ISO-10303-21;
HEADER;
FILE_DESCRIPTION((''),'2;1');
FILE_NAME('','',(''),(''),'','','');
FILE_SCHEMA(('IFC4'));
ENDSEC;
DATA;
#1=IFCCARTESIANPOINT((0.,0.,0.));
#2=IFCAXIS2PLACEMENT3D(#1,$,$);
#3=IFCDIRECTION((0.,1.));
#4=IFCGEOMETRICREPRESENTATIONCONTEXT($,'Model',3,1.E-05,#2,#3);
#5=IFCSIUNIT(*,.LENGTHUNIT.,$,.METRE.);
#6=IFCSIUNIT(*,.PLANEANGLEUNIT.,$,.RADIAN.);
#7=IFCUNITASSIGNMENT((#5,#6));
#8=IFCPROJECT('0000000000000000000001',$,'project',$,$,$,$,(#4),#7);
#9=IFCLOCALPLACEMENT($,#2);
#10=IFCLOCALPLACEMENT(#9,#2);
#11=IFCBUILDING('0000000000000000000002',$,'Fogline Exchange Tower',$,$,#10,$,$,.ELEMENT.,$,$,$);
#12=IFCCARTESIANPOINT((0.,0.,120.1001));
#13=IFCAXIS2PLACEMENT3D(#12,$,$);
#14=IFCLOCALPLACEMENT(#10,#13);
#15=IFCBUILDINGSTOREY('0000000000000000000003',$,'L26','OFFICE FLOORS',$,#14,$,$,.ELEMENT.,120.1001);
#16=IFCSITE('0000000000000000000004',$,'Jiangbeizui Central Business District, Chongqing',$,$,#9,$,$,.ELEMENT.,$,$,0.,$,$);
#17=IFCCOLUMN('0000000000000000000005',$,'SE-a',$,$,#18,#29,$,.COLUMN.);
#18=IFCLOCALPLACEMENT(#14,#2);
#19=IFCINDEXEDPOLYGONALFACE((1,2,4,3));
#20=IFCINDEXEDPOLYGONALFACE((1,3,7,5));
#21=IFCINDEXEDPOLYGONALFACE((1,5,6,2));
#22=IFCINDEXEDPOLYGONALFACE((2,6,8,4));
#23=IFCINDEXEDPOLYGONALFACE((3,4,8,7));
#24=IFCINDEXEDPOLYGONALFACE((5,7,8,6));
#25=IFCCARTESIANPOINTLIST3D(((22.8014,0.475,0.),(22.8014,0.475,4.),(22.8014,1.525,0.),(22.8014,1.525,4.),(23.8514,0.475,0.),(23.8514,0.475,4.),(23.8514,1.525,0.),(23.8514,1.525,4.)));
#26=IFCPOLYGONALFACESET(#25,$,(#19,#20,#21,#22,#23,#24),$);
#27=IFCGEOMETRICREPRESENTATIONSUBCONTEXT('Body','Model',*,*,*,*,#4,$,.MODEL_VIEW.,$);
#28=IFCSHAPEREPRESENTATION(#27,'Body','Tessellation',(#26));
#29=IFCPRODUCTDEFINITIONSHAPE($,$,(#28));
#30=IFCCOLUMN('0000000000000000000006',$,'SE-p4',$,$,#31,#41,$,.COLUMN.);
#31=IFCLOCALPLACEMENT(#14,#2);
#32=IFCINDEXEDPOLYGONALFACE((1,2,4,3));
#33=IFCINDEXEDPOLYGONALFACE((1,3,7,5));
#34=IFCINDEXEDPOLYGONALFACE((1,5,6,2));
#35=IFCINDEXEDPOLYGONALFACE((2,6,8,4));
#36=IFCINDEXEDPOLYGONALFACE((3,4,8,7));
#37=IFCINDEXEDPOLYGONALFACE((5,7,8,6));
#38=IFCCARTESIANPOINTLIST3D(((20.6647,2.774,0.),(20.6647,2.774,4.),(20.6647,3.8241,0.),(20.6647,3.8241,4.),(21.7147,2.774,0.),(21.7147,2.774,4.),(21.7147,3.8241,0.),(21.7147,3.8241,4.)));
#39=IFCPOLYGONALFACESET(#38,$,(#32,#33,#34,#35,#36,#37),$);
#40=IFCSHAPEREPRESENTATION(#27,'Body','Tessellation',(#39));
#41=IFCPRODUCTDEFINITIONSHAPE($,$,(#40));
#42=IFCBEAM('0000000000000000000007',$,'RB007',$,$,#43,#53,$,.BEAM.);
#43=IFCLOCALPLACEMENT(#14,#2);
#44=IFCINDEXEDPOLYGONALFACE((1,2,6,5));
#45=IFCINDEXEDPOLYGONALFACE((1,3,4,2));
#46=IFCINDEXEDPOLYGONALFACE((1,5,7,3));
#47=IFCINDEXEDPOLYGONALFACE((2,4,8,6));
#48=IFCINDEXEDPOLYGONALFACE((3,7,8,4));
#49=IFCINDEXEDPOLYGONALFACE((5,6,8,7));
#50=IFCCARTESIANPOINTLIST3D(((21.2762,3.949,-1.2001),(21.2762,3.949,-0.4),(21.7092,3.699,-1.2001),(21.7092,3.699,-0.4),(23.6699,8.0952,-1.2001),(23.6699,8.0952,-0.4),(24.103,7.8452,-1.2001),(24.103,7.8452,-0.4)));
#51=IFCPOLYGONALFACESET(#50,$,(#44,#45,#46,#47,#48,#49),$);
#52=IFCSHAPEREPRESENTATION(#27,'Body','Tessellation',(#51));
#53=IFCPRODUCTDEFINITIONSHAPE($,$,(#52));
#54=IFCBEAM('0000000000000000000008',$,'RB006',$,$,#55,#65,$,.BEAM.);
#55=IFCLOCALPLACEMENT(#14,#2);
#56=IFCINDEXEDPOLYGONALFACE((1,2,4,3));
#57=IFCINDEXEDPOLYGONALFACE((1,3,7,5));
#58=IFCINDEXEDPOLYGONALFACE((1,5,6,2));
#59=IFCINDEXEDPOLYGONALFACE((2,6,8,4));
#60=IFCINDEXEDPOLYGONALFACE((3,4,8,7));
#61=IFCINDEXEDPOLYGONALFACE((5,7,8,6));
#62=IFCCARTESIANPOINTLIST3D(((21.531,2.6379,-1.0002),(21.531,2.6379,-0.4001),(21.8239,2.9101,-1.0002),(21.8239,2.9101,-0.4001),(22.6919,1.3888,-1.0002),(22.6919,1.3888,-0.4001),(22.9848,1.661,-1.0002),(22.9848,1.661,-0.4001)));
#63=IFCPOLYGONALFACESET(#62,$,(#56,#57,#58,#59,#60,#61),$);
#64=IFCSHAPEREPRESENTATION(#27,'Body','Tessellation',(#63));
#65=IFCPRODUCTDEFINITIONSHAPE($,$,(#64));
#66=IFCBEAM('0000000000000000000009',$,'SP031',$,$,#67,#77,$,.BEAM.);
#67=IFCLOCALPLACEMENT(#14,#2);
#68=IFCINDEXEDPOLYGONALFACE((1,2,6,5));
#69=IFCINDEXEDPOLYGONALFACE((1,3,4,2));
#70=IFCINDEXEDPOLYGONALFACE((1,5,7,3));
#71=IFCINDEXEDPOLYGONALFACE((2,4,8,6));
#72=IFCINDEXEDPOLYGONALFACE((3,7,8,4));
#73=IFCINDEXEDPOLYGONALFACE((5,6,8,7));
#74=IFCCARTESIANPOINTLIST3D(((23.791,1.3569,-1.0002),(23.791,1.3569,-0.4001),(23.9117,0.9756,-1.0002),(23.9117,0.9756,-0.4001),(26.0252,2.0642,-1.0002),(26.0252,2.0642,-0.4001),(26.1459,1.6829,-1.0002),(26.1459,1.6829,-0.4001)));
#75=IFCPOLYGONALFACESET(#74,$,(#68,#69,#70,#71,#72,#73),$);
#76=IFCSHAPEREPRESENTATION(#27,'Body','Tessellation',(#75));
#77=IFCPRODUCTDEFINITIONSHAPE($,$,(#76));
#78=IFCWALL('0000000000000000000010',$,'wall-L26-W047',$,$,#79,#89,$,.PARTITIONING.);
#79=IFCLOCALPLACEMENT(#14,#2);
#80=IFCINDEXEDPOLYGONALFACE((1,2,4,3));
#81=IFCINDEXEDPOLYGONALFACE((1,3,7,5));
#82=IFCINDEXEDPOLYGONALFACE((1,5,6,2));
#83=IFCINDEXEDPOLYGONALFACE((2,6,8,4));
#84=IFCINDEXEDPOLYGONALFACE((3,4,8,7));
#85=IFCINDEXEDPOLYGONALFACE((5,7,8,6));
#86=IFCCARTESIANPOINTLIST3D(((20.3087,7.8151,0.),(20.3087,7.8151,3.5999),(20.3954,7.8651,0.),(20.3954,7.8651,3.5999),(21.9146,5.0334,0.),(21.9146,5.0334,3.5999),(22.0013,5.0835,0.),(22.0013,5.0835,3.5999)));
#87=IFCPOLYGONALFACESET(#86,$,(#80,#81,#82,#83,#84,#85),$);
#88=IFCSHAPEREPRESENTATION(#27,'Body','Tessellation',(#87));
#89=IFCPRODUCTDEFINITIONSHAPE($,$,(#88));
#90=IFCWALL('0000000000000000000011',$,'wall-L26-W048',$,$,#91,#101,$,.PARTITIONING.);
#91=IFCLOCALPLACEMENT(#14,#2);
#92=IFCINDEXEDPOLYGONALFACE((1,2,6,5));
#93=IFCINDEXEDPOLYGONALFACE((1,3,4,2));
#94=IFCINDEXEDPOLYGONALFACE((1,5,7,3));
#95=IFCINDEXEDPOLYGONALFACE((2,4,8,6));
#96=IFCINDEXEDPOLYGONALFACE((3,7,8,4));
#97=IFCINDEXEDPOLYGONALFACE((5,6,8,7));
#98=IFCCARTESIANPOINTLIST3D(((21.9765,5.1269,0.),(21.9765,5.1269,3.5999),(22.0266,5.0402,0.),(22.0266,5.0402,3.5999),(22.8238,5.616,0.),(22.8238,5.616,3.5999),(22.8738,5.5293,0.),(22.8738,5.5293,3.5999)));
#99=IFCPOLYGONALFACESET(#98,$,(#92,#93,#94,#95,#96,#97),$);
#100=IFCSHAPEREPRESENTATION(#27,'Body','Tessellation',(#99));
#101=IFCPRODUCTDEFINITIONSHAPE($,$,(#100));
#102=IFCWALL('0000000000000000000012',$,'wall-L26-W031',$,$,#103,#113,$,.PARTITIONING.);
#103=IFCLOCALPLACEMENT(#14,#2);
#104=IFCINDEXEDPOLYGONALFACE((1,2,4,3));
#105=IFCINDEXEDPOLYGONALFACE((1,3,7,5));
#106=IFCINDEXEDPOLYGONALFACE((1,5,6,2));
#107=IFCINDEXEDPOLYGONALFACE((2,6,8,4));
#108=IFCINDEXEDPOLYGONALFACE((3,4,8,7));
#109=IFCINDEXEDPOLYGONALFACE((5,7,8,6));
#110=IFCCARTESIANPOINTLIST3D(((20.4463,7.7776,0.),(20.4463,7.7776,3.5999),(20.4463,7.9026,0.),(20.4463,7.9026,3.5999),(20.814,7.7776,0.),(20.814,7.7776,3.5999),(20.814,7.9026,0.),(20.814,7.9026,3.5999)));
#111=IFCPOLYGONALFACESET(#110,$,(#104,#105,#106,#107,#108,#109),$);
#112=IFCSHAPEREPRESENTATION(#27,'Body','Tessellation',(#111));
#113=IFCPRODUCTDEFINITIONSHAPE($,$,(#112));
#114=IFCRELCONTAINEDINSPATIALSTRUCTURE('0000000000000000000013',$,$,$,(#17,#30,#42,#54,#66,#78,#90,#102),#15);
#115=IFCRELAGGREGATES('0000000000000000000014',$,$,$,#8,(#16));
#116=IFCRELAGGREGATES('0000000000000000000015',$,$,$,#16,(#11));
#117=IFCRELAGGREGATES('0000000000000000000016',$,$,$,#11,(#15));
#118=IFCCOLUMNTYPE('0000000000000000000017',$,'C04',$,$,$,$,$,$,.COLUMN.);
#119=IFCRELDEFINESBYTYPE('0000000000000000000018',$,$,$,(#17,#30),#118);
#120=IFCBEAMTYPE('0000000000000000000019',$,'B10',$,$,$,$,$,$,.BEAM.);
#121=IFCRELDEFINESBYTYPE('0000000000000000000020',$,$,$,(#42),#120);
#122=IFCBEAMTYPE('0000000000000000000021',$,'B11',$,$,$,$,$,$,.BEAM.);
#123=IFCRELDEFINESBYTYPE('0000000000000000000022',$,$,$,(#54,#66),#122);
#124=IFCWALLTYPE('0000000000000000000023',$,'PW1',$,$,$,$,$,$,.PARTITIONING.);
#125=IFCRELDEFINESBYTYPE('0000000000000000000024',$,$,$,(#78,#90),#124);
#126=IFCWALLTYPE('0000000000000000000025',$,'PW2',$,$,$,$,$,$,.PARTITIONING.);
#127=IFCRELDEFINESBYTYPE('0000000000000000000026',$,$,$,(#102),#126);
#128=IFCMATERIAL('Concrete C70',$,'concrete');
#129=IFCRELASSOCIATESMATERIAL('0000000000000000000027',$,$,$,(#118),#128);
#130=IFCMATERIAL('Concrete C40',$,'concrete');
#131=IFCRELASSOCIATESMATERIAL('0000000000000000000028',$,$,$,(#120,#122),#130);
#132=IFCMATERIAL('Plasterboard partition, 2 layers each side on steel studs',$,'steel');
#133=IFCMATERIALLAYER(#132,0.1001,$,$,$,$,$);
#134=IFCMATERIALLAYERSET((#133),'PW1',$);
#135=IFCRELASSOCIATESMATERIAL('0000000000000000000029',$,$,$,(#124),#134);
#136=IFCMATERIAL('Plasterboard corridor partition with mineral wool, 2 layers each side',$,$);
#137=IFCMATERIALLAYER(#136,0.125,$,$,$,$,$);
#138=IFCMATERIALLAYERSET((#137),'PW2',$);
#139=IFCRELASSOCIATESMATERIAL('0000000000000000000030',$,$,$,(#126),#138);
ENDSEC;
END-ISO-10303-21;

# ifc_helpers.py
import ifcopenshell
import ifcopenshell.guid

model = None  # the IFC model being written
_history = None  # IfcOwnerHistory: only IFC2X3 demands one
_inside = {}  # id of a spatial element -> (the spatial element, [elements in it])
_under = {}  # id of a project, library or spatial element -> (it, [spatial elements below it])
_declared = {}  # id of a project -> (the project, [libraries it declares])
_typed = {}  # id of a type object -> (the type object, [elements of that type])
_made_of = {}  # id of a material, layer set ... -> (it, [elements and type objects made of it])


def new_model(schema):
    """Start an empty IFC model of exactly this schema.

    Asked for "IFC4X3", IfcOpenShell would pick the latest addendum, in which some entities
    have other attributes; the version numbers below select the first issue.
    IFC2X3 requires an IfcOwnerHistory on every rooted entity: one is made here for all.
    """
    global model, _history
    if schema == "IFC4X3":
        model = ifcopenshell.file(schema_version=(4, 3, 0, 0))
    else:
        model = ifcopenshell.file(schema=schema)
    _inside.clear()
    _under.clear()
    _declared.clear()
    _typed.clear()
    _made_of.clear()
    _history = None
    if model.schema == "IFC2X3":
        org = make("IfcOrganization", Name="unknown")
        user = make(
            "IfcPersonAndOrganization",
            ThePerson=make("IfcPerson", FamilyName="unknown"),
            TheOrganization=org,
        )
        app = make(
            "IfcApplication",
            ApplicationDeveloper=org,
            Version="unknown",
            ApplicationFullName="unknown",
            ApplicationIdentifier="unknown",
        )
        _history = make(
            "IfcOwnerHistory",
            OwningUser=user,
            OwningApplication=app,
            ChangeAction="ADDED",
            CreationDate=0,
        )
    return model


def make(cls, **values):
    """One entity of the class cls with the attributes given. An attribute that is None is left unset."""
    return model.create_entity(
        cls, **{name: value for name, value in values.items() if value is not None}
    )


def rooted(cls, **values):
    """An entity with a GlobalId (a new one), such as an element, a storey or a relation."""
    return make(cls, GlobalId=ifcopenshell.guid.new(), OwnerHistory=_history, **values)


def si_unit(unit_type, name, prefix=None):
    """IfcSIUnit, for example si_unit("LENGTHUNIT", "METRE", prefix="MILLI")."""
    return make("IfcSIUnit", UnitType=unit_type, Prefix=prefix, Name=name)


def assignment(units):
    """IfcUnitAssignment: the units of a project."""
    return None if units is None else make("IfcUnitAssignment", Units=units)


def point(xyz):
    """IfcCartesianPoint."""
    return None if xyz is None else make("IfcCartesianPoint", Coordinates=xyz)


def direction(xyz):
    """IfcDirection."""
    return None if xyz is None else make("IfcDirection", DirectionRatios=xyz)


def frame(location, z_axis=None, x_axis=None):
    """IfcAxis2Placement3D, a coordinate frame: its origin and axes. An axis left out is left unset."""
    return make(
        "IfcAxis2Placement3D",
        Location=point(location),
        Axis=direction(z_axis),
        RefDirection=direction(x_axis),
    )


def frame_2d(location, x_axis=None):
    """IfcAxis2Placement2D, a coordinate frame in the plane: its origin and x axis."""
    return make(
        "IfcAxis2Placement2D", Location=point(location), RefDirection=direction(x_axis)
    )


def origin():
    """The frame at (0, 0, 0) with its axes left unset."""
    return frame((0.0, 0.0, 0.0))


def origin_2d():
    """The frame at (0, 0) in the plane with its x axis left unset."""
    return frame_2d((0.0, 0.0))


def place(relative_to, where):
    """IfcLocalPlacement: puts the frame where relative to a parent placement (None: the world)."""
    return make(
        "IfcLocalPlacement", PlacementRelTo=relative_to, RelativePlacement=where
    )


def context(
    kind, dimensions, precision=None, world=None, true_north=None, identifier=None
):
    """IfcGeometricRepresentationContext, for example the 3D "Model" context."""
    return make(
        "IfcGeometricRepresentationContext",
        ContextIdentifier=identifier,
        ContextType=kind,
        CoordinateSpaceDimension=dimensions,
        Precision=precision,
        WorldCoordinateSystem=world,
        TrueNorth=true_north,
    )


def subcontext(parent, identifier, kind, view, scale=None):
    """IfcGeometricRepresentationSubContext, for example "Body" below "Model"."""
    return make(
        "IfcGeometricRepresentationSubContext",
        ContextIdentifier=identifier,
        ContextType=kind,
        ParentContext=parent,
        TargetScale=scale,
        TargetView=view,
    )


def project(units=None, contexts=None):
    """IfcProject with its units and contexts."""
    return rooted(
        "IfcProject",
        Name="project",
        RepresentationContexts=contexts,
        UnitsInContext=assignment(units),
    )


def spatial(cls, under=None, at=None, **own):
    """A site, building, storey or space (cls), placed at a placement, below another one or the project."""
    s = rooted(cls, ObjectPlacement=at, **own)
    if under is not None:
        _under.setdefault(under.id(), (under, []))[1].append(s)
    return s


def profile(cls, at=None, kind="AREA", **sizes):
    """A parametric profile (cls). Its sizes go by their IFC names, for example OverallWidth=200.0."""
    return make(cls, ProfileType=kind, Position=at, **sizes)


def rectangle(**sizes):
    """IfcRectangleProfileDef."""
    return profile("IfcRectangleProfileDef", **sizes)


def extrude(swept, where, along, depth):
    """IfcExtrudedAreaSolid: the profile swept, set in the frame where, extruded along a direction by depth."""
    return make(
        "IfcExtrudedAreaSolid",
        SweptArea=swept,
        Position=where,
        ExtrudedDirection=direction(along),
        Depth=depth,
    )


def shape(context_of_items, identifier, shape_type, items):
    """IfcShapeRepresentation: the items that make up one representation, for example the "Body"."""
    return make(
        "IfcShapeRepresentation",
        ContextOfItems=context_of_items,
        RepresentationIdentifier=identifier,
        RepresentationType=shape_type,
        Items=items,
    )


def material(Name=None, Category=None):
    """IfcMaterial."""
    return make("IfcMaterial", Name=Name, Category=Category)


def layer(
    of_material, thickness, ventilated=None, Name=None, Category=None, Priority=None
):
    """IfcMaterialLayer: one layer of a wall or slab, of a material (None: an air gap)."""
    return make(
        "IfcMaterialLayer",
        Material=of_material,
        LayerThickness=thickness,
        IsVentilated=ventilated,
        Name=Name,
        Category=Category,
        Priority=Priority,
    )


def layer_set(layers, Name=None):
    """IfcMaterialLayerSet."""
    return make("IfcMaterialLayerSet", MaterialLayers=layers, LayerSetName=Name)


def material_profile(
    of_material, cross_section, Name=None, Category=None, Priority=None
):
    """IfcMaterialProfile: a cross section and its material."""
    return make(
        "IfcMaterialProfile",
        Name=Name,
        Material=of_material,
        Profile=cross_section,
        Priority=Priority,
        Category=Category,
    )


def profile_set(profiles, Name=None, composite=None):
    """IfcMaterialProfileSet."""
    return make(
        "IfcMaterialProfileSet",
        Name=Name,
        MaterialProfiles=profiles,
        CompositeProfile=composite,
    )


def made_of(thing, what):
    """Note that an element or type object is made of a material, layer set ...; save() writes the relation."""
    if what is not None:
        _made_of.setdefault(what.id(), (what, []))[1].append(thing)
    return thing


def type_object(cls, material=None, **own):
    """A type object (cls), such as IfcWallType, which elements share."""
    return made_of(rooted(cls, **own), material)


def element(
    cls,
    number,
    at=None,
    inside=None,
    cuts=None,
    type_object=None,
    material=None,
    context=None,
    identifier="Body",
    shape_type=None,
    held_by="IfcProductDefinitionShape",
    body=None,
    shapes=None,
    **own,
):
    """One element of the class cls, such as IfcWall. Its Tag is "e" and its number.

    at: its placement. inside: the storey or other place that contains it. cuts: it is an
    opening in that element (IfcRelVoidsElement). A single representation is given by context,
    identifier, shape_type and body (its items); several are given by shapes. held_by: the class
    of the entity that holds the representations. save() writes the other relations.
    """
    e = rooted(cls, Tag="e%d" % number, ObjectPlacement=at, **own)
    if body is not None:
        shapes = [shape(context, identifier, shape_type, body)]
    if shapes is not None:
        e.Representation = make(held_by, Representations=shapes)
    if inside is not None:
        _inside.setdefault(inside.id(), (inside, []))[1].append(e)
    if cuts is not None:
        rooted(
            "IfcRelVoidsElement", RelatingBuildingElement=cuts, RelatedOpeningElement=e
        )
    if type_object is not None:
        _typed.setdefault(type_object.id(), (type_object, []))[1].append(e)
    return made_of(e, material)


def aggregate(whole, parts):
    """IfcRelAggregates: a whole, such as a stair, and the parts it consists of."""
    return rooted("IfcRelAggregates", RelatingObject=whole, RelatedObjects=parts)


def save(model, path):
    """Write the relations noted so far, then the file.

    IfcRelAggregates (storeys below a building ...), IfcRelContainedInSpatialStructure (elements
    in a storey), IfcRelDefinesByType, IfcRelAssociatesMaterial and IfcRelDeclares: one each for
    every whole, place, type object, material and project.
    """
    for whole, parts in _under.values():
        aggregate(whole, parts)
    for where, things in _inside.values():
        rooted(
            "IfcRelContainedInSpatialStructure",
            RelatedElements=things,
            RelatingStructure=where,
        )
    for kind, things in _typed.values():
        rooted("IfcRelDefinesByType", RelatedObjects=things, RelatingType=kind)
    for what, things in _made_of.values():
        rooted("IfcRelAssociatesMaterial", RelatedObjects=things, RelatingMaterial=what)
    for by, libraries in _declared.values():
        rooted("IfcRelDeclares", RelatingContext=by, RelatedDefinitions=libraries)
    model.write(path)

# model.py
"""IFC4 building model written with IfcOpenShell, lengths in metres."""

from ifc_helpers import new_model, si_unit, direction, frame, frame_2d, origin, origin_2d, place, context, subcontext, project, spatial, rectangle, extrude, material, layer, layer_set, material_profile, profile_set, type_object, element, save


model = new_model("IFC4")

# Units and contexts
model_context = context("Model", 3, precision=1e-05, world=origin(), true_north=direction((0.0, 1.0)))
body_context = subcontext(model_context, "Body", "Model", "MODEL_VIEW")
ifc_project = project(units=[si_unit("LENGTHUNIT", "METRE"), si_unit("PLANEANGLEUNIT", "RADIAN")], contexts=[model_context])

# Site, building, storey
site_placement = place(None, origin())
site = spatial("IfcSite", under=ifc_project, at=site_placement, Name="Jiangbeizui Central Business District, Chongqing", CompositionType="ELEMENT", RefElevation=0.0)
building_placement = place(site_placement, origin())
building = spatial("IfcBuilding", under=site, at=building_placement, Name="Fogline Exchange Tower", CompositionType="ELEMENT")
storey_placement = place(building_placement, frame((0.0, 0.0, 120.1001)))
storey = spatial("IfcBuildingStorey", under=building, at=storey_placement, Name="L26", Description="OFFICE FLOORS", CompositionType="ELEMENT", Elevation=120.1001)

# Columns
ifc_material_1 = material(Name="Concrete C70", Category="concrete")
ifc_material_profile_1 = material_profile(ifc_material_1, rectangle(XDim=1.05, YDim=1.05, at=origin_2d()), Name="RC 1050x1050")
ifc_profile_set_1 = profile_set([ifc_material_profile_1], Name="Concrete C70")
column_type = type_object("IfcColumnType", Name="C04", PredefinedType="COLUMN", material=ifc_profile_set_1)
for number, where, z_axis, x_axis, name in (
    (1, (23.3264, 1.0, 0.0), (0.0, 0.0, 1.0), (1.0, 0.0, 0.0), "SE-a"),
    (2, (21.1897, 3.2991, 0.0), (0.0, 0.0, 1.0), (1.0, 0.0, 0.0), "SE-p4"),
):
    element("IfcColumn", number, at=place(storey_placement, frame(where, z_axis=z_axis, x_axis=x_axis)), inside=storey, type_object=column_type, Name=name, PredefinedType="COLUMN", context=body_context, shape_type="SweptSolid", body=[
        extrude(rectangle(XDim=1.05, YDim=1.05, at=origin_2d()), origin(), (0.0, 0.0, 1.0), 4.0),
    ])

# Beams
ifc_material_2 = material(Name="Concrete C40", Category="concrete")
ifc_material_profile_2 = material_profile(ifc_material_2, rectangle(XDim=0.5, YDim=0.8, at=origin_2d()), Name="RC 500x800")
ifc_profile_set_2 = profile_set([ifc_material_profile_2], Name="Concrete C40")
beam_type_1 = type_object("IfcBeamType", Name="B10", PredefinedType="BEAM", material=ifc_profile_set_2)
beam_1_placement = place(storey_placement, frame((21.4927, 3.824, -0.8), z_axis=(0.499995, 0.866028, 0.0), x_axis=(-0.866028, 0.499995, 0.0)))
element("IfcBeam", 3, at=beam_1_placement, inside=storey, type_object=beam_type_1, Name="RB007", PredefinedType="BEAM", context=body_context, shape_type="SweptSolid", body=[
    extrude(rectangle(XDim=0.5, YDim=0.8, at=origin_2d()), origin(), (0.0, 0.0, 1.0), 4.7876),
])
ifc_material_profile_3 = material_profile(ifc_material_2, rectangle(XDim=0.3999, YDim=0.6001, at=origin_2d()), Name="RC 400x600")
ifc_profile_set_3 = profile_set([ifc_material_profile_3], Name="Concrete C40")
beam_type_2 = type_object("IfcBeamType", Name="B11", PredefinedType="BEAM", material=ifc_profile_set_3)
beam_2_placement = place(storey_placement, frame((22.8384, 1.5249, -0.7002), z_axis=(-0.680792, 0.732477, 0.0), x_axis=(-0.732477, -0.680792, 0.0)))
element("IfcBeam", 4, at=beam_2_placement, inside=storey, type_object=beam_type_2, Name="RB006", PredefinedType="BEAM", context=body_context, shape_type="SweptSolid", body=[
    extrude(rectangle(XDim=0.3999, YDim=0.6001, at=origin_2d()), origin(), (0.0, 0.0, 1.0), 1.7053),
])
beam_3_placement = place(storey_placement, frame((23.8513, 1.1663, -0.7002), z_axis=(0.953367, 0.301814, 0.0), x_axis=(-0.301814, 0.953367, 0.0)))
element("IfcBeam", 5, at=beam_3_placement, inside=storey, type_object=beam_type_2, Name="SP031", PredefinedType="BEAM", context=body_context, shape_type="SweptSolid", body=[
    extrude(rectangle(XDim=0.3999, YDim=0.6001, at=origin_2d()), origin(), (0.0, 0.0, 1.0), 2.3435),
])

# Walls
ifc_material_3 = material(Name="Plasterboard partition, 2 layers each side on steel studs", Category="steel")
ifc_layer_1 = layer(ifc_material_3, 0.1001)
ifc_layer_set_1 = layer_set([ifc_layer_1], Name="PW1")
wall_type_1 = type_object("IfcWallType", Name="PW1", PredefinedType="PARTITIONING", material=ifc_layer_set_1)
wall_1_placement = place(storey_placement, frame((20.3521, 7.8401, 0.0), z_axis=(0.0, 0.0, 1.0), x_axis=(0.499981, -0.866036, 0.0)))
element("IfcWall", 6, at=wall_1_placement, inside=storey, type_object=wall_type_1, Name="wall-L26-W047", PredefinedType="PARTITIONING", context=body_context, shape_type="SweptSolid", body=[
    extrude(rectangle(XDim=3.2119, YDim=0.1001, at=frame_2d((1.606, 0.0))), origin(), (0.0, 0.0, 1.0), 3.5999),
])
wall_2_placement = place(storey_placement, frame((22.0015, 5.0835, 0.0), z_axis=(0.0, 0.0, 1.0), x_axis=(0.866069, 0.499924, 0.0)))
element("IfcWall", 7, at=wall_2_placement, inside=storey, type_object=wall_type_1, Name="wall-L26-W048", PredefinedType="PARTITIONING", context=body_context, shape_type="SweptSolid", body=[
    extrude(rectangle(XDim=0.9783, YDim=0.1001, at=frame_2d((0.4893, 0.0))), origin(), (0.0, 0.0, 1.0), 3.5999),
])
ifc_material_4 = material(Name="Plasterboard corridor partition with mineral wool, 2 layers each side")
ifc_layer_2 = layer(ifc_material_4, 0.125)
ifc_layer_set_2 = layer_set([ifc_layer_2], Name="PW2")
wall_type_2 = type_object("IfcWallType", Name="PW2", PredefinedType="PARTITIONING", material=ifc_layer_set_2)
wall_3_placement = place(storey_placement, frame((20.814, 7.8401, 0.0), z_axis=(0.0, 0.0, 1.0), x_axis=(-1.0, 0.0, 0.0)))
element("IfcWall", 8, at=wall_3_placement, inside=storey, type_object=wall_type_2, Name="wall-L26-W031", PredefinedType="PARTITIONING", context=body_context, shape_type="SweptSolid", body=[
    extrude(rectangle(XDim=0.3677, YDim=0.125, at=frame_2d((0.1838, 0.0))), origin(), (0.0, 0.0, 1.0), 3.5999),
])

save(model, "model.ifc")
